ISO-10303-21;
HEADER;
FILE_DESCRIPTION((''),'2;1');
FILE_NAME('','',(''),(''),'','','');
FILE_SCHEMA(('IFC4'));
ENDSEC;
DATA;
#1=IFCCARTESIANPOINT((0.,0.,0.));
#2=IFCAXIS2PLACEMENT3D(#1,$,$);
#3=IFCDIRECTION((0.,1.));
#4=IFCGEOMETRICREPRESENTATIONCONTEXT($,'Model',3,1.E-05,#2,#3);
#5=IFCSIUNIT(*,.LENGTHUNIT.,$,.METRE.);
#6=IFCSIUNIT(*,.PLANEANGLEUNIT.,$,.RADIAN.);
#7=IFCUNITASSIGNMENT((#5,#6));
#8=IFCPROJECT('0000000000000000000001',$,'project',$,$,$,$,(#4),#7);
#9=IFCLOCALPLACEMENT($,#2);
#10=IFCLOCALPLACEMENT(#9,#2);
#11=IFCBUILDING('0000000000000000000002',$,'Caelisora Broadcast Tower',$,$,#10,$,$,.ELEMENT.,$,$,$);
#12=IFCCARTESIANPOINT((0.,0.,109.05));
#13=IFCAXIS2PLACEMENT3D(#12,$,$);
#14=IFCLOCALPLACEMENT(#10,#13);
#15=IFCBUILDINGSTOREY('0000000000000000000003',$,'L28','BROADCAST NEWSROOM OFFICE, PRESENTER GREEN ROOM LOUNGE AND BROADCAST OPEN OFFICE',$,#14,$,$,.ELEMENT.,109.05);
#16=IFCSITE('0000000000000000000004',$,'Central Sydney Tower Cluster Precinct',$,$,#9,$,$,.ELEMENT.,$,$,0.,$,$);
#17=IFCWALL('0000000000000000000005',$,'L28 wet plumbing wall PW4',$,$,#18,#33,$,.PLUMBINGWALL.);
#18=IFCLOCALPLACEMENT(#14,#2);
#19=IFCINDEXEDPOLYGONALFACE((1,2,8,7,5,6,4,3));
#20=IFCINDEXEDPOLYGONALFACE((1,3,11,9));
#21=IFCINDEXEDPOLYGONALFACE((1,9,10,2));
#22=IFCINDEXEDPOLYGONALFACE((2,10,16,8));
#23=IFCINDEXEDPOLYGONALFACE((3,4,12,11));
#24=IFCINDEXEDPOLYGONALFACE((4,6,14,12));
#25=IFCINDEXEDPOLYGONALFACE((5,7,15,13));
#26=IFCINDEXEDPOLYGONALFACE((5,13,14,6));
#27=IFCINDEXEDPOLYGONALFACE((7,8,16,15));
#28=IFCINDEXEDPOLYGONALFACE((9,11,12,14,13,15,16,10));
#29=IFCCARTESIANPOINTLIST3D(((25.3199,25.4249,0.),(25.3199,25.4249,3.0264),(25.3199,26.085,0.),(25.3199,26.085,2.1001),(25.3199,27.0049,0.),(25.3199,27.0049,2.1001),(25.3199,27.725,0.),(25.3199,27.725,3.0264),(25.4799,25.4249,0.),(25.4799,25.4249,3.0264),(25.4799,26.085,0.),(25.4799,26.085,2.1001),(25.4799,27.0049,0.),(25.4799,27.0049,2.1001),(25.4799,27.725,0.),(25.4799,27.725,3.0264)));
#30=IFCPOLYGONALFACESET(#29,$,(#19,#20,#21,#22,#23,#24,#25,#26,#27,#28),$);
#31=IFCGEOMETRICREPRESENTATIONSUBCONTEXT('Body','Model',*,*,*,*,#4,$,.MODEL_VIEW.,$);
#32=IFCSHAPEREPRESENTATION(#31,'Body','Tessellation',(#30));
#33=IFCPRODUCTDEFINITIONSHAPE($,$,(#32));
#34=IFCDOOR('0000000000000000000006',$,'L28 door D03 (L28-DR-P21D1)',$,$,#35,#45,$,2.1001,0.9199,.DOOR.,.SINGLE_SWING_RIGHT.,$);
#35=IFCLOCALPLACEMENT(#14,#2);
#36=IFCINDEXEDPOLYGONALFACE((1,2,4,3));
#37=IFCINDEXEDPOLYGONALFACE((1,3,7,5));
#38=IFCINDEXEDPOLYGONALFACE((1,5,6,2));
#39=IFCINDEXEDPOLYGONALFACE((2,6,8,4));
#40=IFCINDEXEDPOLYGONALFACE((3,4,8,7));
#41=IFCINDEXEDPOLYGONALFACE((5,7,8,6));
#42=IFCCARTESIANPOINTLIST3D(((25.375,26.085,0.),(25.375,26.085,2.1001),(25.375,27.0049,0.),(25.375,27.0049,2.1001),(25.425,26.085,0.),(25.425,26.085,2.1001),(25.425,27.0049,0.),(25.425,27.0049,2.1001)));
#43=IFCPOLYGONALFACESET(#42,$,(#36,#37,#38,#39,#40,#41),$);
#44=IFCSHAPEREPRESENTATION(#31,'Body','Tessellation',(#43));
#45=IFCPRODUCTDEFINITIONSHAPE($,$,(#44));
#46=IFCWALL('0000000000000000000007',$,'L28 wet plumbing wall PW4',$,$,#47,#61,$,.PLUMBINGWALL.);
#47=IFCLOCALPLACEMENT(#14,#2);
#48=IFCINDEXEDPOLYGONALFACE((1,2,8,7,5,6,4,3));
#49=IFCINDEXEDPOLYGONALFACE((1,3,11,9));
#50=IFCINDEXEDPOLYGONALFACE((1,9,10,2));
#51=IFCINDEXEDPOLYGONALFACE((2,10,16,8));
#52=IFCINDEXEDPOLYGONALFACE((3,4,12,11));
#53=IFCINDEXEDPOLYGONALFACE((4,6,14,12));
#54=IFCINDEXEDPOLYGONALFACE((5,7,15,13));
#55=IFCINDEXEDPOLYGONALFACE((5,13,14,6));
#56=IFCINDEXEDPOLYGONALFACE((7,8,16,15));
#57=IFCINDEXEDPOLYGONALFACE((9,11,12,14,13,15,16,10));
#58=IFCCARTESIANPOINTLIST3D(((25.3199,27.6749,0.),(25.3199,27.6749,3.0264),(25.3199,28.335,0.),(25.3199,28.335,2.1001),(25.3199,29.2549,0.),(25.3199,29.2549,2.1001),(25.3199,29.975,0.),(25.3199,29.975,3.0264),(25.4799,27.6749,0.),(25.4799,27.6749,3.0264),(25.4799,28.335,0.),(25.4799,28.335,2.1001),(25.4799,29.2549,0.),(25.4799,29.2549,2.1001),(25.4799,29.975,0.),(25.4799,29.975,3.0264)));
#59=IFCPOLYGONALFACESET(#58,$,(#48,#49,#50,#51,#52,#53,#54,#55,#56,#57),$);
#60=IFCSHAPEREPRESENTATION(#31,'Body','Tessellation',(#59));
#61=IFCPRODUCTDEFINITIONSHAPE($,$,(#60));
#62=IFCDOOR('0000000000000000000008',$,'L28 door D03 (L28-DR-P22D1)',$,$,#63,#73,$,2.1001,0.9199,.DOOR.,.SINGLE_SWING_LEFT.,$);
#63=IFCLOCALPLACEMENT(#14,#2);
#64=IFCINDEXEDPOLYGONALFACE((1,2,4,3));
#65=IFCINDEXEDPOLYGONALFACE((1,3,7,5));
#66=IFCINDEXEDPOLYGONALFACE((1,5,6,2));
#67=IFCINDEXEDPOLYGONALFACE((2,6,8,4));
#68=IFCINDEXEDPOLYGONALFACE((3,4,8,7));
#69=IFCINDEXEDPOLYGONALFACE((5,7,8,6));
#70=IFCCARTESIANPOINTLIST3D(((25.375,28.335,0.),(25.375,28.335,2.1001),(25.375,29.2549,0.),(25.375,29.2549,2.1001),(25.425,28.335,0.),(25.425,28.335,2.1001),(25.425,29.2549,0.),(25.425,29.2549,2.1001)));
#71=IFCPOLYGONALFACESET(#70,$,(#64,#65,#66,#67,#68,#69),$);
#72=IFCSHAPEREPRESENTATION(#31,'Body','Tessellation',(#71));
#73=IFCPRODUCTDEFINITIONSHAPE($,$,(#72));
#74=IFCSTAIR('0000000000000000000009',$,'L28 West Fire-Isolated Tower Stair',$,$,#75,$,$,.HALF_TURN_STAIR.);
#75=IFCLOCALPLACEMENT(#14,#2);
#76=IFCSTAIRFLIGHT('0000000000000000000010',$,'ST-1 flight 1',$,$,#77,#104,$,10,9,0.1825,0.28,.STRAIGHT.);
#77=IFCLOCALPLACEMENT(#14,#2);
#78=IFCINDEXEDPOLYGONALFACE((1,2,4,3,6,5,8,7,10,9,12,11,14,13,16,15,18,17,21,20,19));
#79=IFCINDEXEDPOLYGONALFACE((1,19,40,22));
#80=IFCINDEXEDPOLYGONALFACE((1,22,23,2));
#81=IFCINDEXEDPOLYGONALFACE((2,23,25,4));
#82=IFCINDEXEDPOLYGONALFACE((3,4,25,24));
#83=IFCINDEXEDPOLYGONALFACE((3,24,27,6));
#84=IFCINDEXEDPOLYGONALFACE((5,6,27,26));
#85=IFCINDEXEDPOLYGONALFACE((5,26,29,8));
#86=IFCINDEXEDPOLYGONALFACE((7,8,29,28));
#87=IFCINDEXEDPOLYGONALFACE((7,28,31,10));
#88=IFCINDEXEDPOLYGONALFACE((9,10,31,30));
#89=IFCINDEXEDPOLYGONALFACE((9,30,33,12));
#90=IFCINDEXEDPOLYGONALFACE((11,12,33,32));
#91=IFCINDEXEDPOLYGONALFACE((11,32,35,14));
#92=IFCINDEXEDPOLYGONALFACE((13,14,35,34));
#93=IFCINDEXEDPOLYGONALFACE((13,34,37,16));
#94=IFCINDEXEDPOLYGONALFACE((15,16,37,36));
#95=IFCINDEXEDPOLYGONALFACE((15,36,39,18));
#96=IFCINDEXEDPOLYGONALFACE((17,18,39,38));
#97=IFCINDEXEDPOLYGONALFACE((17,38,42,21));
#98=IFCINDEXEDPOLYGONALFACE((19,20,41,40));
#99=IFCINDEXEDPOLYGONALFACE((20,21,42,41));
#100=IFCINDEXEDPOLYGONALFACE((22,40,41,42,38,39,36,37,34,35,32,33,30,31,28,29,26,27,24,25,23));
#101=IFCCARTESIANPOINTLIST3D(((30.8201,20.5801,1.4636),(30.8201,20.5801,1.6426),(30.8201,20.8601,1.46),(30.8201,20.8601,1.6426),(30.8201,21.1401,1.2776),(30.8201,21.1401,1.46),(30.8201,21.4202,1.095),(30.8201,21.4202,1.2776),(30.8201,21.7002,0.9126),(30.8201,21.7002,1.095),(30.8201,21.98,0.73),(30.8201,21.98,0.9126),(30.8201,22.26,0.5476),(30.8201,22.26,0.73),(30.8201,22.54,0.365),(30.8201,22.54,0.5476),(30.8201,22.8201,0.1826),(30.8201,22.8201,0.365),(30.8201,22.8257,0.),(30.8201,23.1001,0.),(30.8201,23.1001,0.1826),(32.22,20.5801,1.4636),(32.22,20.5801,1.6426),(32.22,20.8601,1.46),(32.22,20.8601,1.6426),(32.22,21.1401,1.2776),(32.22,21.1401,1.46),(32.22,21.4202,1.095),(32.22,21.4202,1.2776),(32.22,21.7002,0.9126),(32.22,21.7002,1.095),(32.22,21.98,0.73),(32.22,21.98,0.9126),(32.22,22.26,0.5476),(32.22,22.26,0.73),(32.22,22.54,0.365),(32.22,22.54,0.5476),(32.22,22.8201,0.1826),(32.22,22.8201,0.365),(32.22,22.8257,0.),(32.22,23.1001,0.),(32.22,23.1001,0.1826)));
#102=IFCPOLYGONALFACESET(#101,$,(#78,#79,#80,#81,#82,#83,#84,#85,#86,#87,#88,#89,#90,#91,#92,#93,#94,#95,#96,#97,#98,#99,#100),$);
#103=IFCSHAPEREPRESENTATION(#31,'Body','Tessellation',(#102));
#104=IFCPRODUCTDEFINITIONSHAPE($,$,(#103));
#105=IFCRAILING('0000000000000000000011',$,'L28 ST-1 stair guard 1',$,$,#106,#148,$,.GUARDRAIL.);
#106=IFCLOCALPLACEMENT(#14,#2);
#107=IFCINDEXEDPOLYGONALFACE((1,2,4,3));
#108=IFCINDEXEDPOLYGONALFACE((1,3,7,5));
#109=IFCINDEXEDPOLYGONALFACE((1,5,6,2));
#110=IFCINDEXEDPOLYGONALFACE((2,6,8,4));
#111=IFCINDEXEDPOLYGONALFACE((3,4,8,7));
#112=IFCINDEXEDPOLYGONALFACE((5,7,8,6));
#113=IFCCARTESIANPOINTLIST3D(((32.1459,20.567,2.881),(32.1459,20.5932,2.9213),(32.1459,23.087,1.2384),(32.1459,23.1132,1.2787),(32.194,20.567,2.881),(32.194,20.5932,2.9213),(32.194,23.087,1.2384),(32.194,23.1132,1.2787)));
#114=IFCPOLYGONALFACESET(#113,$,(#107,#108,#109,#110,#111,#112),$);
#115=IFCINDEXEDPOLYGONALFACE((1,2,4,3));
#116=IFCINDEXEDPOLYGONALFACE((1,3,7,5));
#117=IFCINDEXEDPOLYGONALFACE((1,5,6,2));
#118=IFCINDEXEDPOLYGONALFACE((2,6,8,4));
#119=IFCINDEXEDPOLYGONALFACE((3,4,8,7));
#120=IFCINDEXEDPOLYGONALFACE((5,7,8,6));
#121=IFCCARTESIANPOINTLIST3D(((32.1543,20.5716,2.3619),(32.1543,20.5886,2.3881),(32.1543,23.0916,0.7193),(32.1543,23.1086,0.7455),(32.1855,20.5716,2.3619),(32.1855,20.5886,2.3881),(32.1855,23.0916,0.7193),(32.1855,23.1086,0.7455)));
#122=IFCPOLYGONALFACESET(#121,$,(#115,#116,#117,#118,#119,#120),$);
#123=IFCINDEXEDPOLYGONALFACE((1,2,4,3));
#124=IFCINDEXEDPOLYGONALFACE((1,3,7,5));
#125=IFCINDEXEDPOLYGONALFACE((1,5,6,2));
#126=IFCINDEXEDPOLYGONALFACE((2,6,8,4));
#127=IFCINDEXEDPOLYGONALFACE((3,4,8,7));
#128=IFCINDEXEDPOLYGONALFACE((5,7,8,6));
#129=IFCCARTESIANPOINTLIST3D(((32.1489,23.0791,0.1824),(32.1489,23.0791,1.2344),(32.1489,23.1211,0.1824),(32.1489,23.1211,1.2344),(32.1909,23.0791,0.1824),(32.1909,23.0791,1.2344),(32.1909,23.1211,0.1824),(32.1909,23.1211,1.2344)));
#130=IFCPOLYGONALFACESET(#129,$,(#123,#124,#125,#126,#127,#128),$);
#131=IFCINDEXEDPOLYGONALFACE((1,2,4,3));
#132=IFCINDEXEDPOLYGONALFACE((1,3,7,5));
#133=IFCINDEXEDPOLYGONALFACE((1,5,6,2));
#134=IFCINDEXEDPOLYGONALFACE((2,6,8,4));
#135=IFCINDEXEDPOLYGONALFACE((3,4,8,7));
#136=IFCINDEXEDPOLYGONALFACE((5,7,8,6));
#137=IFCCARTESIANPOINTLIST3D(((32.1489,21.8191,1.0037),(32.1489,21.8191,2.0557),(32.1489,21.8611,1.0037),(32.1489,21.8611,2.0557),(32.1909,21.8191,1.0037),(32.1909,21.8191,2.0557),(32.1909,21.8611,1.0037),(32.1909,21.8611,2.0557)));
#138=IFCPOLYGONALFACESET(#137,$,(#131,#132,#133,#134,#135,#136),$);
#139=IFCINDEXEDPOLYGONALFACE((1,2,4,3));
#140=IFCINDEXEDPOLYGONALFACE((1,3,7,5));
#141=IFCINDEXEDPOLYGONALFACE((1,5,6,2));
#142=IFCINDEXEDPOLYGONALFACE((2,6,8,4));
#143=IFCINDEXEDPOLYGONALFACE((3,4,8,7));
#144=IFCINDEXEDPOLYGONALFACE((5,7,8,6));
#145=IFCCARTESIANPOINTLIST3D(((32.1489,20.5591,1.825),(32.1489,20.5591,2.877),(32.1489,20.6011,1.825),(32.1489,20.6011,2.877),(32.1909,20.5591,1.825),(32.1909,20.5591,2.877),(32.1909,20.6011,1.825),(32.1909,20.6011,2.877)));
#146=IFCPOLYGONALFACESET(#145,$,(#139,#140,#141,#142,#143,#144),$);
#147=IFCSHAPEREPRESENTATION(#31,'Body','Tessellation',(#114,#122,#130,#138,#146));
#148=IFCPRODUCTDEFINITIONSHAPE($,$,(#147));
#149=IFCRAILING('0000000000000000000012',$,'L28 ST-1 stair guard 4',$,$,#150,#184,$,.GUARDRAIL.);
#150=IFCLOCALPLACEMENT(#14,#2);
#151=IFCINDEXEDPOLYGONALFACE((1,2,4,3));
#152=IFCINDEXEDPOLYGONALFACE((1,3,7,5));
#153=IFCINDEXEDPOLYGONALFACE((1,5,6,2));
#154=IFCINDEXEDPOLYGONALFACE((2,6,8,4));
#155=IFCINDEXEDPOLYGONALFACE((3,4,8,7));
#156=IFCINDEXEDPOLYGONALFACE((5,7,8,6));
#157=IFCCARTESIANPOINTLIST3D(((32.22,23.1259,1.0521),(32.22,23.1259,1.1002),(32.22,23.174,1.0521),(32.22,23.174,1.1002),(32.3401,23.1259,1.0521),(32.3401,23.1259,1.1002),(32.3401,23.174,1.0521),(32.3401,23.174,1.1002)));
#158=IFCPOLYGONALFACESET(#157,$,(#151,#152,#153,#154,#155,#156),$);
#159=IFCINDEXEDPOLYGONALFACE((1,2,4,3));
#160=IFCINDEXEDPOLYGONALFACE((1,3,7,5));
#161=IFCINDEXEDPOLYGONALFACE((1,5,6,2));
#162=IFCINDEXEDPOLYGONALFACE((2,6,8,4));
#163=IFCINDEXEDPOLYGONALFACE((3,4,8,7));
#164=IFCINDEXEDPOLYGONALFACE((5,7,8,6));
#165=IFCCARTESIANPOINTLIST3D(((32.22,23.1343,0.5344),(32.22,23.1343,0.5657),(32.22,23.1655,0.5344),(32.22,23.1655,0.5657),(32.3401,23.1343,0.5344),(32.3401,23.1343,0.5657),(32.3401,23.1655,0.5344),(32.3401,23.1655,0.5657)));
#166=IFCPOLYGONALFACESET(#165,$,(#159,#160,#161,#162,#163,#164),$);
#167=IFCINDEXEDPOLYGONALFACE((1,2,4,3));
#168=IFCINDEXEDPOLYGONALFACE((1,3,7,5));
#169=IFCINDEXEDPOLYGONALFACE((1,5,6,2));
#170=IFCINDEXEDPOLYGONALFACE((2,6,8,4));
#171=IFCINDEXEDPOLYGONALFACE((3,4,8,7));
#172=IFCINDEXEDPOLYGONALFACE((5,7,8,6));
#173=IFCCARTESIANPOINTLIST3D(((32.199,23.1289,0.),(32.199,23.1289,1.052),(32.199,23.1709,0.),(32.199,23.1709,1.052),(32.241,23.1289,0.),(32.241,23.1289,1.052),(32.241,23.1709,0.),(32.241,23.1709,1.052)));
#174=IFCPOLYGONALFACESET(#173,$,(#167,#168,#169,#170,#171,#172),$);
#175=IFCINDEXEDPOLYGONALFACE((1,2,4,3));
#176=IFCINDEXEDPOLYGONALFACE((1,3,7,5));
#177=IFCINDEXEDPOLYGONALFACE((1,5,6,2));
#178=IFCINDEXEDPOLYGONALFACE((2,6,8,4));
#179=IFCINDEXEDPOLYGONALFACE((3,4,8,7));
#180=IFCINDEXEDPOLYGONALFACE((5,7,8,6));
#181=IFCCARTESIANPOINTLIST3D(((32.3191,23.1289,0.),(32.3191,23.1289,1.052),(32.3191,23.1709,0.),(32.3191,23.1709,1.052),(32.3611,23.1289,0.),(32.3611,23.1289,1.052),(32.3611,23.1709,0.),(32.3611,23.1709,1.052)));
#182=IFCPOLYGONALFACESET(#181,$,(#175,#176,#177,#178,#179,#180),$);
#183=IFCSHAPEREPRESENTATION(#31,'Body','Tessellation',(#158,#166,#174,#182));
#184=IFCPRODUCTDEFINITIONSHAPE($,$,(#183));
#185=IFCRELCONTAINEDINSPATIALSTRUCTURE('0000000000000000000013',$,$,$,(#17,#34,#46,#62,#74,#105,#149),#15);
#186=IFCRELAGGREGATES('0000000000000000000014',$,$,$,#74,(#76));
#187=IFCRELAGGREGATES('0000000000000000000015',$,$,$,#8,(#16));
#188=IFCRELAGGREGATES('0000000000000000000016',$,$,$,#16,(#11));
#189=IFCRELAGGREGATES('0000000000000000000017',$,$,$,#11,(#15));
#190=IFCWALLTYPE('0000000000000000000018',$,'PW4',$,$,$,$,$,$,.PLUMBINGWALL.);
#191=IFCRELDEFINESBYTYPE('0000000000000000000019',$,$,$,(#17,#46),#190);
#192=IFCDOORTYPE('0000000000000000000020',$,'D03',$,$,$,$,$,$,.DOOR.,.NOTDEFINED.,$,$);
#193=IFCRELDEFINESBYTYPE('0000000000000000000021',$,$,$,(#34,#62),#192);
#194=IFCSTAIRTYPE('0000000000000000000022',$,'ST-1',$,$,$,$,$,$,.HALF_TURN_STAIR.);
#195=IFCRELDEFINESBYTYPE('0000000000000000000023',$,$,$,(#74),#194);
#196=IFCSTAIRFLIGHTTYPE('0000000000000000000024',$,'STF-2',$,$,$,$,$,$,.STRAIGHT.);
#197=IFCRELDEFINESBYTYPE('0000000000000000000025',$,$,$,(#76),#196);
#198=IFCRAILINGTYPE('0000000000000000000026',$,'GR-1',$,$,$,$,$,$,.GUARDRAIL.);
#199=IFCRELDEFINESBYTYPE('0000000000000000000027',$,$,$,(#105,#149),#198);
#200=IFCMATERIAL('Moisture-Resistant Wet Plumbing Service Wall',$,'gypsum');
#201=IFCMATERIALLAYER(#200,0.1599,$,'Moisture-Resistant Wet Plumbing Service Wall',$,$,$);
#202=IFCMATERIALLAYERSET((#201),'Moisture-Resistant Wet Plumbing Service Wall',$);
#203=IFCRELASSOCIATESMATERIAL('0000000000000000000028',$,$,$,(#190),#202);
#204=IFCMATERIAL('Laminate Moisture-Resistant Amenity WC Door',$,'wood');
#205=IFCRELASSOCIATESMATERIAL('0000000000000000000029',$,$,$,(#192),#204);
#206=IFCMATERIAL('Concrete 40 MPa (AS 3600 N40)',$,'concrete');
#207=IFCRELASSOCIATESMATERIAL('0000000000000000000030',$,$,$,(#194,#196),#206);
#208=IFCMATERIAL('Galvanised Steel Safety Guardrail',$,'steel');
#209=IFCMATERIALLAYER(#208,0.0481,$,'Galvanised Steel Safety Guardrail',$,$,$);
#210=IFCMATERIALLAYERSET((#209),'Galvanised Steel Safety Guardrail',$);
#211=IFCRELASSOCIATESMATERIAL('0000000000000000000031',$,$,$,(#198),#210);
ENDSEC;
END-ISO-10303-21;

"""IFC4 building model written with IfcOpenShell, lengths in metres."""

from ifc_helpers import new_model, si_unit, direction, frame, frame_2d, origin, origin_2d, place, context, subcontext, project, spatial, polyline, rectangle, outline, extrude, material, layer, layer_set, type_object, element, fill, aggregate, save


model = new_model("IFC4")

# Units and contexts
model_context = context("Model", 3, precision=1e-05, world=origin(), true_north=direction((0.0, 1.0)))
body_context = subcontext(model_context, "Body", "Model", "MODEL_VIEW")
ifc_project = project(units=[si_unit("LENGTHUNIT", "METRE"), si_unit("PLANEANGLEUNIT", "RADIAN")], contexts=[model_context])

# Site, building, storey
site_placement = place(None, origin())
site = spatial("IfcSite", under=ifc_project, at=site_placement, Name="Central Sydney Tower Cluster Precinct", CompositionType="ELEMENT", RefElevation=0.0)
building_placement = place(site_placement, origin())
building = spatial("IfcBuilding", under=site, at=building_placement, Name="Caelisora Broadcast Tower", CompositionType="ELEMENT")
storey_placement = place(building_placement, frame((0.0, 0.0, 109.05)))
storey = spatial("IfcBuildingStorey", under=building, at=storey_placement, Name="L28", Description="BROADCAST NEWSROOM OFFICE, PRESENTER GREEN ROOM LOUNGE AND BROADCAST OPEN OFFICE", CompositionType="ELEMENT", Elevation=109.05)

# Walls, openings, doors
ifc_material_1 = material(Name="Moisture-Resistant Wet Plumbing Service Wall", Category="gypsum")
ifc_layer_1 = layer(ifc_material_1, 0.1599, Name="Moisture-Resistant Wet Plumbing Service Wall")
ifc_layer_set_1 = layer_set([ifc_layer_1], Name="Moisture-Resistant Wet Plumbing Service Wall")
wall_type_1 = type_object("IfcWallType", Name="PW4", PredefinedType="PLUMBINGWALL", material=ifc_layer_set_1)
ifc_material_2 = material(Name="Laminate Moisture-Resistant Amenity WC Door", Category="wood")
door_type_1 = type_object("IfcDoorType", Name="D03", OperationType="NOTDEFINED", PredefinedType="DOOR", material=ifc_material_2)
wall_1_placement = place(storey_placement, frame((25.3999, 25.425, 0.0), z_axis=(0.0, 0.0, 1.0), x_axis=(0.0, 1.0, 0.0)))
wall_1 = element("IfcWall", 1, at=wall_1_placement, inside=storey, type_object=wall_type_1, Name="L28 wet plumbing wall PW4", PredefinedType="PLUMBINGWALL", context=body_context, shape_type="SweptSolid", body=[
    extrude(rectangle(XDim=2.3, YDim=0.1599, at=frame_2d((1.1499, 0.0))), origin(), (0.0, 0.0, 1.0), 3.0264),
])
opening_1_placement = place(wall_1_placement, frame((0.6599, 0.0, 0.0)))
opening_1 = element("IfcOpeningElement", 2, at=opening_1_placement, cuts=wall_1, PredefinedType="OPENING", context=body_context, shape_type="SweptSolid", body=[
    extrude(rectangle(XDim=0.9199, YDim=2.1001, at=frame_2d((0.46, 1.05))), frame((0.0, 0.092, 0.0), z_axis=(0.0, -1.0, 0.0), x_axis=(1.0, 0.0, 0.0)), (0.0, 0.0, 1.0), 0.1838),
])
door_1_placement = place(opening_1_placement, origin())
door_1 = element("IfcDoor", 3, at=door_1_placement, inside=storey, type_object=door_type_1, Name="L28 door D03 (L28-DR-P21D1)", OperationType="SINGLE_SWING_RIGHT", OverallHeight=2.1001, OverallWidth=0.9199, PredefinedType="DOOR", context=body_context, shape_type="SweptSolid", body=[
    extrude(rectangle(XDim=0.9199, YDim=2.1001, at=frame_2d((0.46, 1.05))), frame((0.0, 0.0249, 0.0), z_axis=(0.0, -1.0, 0.0), x_axis=(1.0, 0.0, 0.0)), (0.0, 0.0, 1.0), 0.05),
])
fill(opening_1, door_1)
wall_2_placement = place(storey_placement, frame((25.3999, 27.675, 0.0), z_axis=(0.0, 0.0, 1.0), x_axis=(0.0, 1.0, 0.0)))
wall_2 = element("IfcWall", 4, at=wall_2_placement, inside=storey, type_object=wall_type_1, Name="L28 wet plumbing wall PW4", PredefinedType="PLUMBINGWALL", context=body_context, shape_type="SweptSolid", body=[
    extrude(rectangle(XDim=2.3, YDim=0.1599, at=frame_2d((1.1499, 0.0))), origin(), (0.0, 0.0, 1.0), 3.0264),
])
opening_2_placement = place(wall_2_placement, frame((0.6599, 0.0, 0.0)))
opening_2 = element("IfcOpeningElement", 5, at=opening_2_placement, cuts=wall_2, PredefinedType="OPENING", context=body_context, shape_type="SweptSolid", body=[
    extrude(rectangle(XDim=0.9199, YDim=2.1001, at=frame_2d((0.46, 1.05))), frame((0.0, 0.092, 0.0), z_axis=(0.0, -1.0, 0.0), x_axis=(1.0, 0.0, 0.0)), (0.0, 0.0, 1.0), 0.1838),
])
door_2_placement = place(opening_2_placement, origin())
door_2 = element("IfcDoor", 6, at=door_2_placement, inside=storey, type_object=door_type_1, Name="L28 door D03 (L28-DR-P22D1)", OperationType="SINGLE_SWING_LEFT", OverallHeight=2.1001, OverallWidth=0.9199, PredefinedType="DOOR", context=body_context, shape_type="SweptSolid", body=[
    extrude(rectangle(XDim=0.9199, YDim=2.1001, at=frame_2d((0.46, 1.05))), frame((0.0, 0.0249, 0.0), z_axis=(0.0, -1.0, 0.0), x_axis=(1.0, 0.0, 0.0)), (0.0, 0.0, 1.0), 0.05),
])
fill(opening_2, door_2)

# Stair, stair flight
ifc_material_3 = material(Name="Concrete 40 MPa (AS 3600 N40)", Category="concrete")
stair_type = type_object("IfcStairType", Name="ST-1", PredefinedType="HALF_TURN_STAIR", material=ifc_material_3)
stair_placement = place(storey_placement, origin())
stair = element("IfcStair", 7, at=stair_placement, inside=storey, type_object=stair_type, Name="L28 West Fire-Isolated Tower Stair", PredefinedType="HALF_TURN_STAIR")
stair_flight_type = type_object("IfcStairFlightType", Name="STF-2", PredefinedType="STRAIGHT", material=ifc_material_3)
stair_flight_placement = place(storey_placement, frame((31.52, 23.1001, 0.0), z_axis=(0.0, 0.0, 1.0), x_axis=(0.0, -1.0, 0.0)))
stair_flight = element("IfcStairFlight", 8, at=stair_flight_placement, type_object=stair_flight_type, Name="ST-1 flight 1", NumberOfRisers=10, NumberOfTreads=9, PredefinedType="STRAIGHT", RiserHeight=0.1825, TreadLength=0.28, context=body_context, shape_type="SweptSolid", body=[
    extrude(outline(polyline([(0.0, 0.0), (0.0, 0.1826), (0.28, 0.1826), (0.28, 0.365), (0.5601, 0.365), (0.5601, 0.5476), (0.8401, 0.5476), (0.8401, 0.73), (1.1201, 0.73), (1.1201, 0.9126), (1.3999, 0.9126), (1.3999, 1.095), (1.6799, 1.095), (1.6799, 1.2776), (1.96, 1.2776), (1.96, 1.46), (2.24, 1.46), (2.24, 1.6426), (2.52, 1.6426), (2.52, 1.825), (2.52, 1.4636), (0.2744, 0.0), (0.0, 0.0)])), frame((0.0, 0.7, 0.0), z_axis=(0.0, -1.0, 0.0), x_axis=(1.0, 0.0, 0.0)), (0.0, 0.0, 1.0), 1.3999),
])
aggregate(stair, [stair_flight])

# Railings
ifc_material_4 = material(Name="Galvanised Steel Safety Guardrail", Category="steel")
ifc_layer_2 = layer(ifc_material_4, 0.0481, Name="Galvanised Steel Safety Guardrail")
ifc_layer_set_2 = layer_set([ifc_layer_2], Name="Galvanised Steel Safety Guardrail")
railing_type = type_object("IfcRailingType", Name="GR-1", PredefinedType="GUARDRAIL", material=ifc_layer_set_2)
railing_1_placement = place(storey_placement, frame((32.1699, 23.1001, 0.1824)))
element("IfcRailing", 9, at=railing_1_placement, inside=storey, type_object=railing_type, Name="L28 ST-1 stair guard 1", PredefinedType="GUARDRAIL", context=body_context, shape_type="SweptSolid", body=[
    extrude(rectangle(XDim=0.0481, YDim=0.0481, at=origin_2d()), frame((0.0, 0.0, 1.0762), z_axis=(0.0, -0.837749, 0.546055), x_axis=(1.0, 0.0, 0.0)), (0.0, 0.0, 1.0), 3.0081),
    extrude(rectangle(XDim=0.0312, YDim=0.0312, at=origin_2d()), frame((0.0, 0.0, 0.55), z_axis=(0.0, -0.837749, 0.546055), x_axis=(1.0, 0.0, 0.0)), (0.0, 0.0, 1.0), 3.0081),
    extrude(rectangle(XDim=0.042, YDim=0.042, at=origin_2d()), origin(), (0.0, 0.0, 1.0), 1.052),
    extrude(rectangle(XDim=0.042, YDim=0.042, at=origin_2d()), frame((0.0, -1.26, 0.8213)), (0.0, 0.0, 1.0), 1.052),
    extrude(rectangle(XDim=0.042, YDim=0.042, at=origin_2d()), frame((0.0, -2.52, 1.6426)), (0.0, 0.0, 1.0), 1.052),
])
railing_2_placement = place(storey_placement, frame((32.22, 23.1499, 0.0)))
element("IfcRailing", 10, at=railing_2_placement, inside=storey, type_object=railing_type, Name="L28 ST-1 stair guard 4", PredefinedType="GUARDRAIL", context=body_context, shape_type="SweptSolid", body=[
    extrude(rectangle(XDim=0.0481, YDim=0.0481, at=origin_2d()), frame((0.0, 0.0, 1.0762), z_axis=(1.0, 0.0, 0.0), x_axis=(0.0, 1.0, 0.0)), (0.0, 0.0, 1.0), 0.1201),
    extrude(rectangle(XDim=0.0312, YDim=0.0312, at=origin_2d()), frame((0.0, 0.0, 0.55), z_axis=(1.0, 0.0, 0.0), x_axis=(0.0, 1.0, 0.0)), (0.0, 0.0, 1.0), 0.1201),
    extrude(rectangle(XDim=0.042, YDim=0.042, at=origin_2d()), origin(), (0.0, 0.0, 1.0), 1.052),
    extrude(rectangle(XDim=0.042, YDim=0.042, at=origin_2d()), frame((0.1201, 0.0, 0.0)), (0.0, 0.0, 1.0), 1.052),
])

save(model, "model.ifc")
